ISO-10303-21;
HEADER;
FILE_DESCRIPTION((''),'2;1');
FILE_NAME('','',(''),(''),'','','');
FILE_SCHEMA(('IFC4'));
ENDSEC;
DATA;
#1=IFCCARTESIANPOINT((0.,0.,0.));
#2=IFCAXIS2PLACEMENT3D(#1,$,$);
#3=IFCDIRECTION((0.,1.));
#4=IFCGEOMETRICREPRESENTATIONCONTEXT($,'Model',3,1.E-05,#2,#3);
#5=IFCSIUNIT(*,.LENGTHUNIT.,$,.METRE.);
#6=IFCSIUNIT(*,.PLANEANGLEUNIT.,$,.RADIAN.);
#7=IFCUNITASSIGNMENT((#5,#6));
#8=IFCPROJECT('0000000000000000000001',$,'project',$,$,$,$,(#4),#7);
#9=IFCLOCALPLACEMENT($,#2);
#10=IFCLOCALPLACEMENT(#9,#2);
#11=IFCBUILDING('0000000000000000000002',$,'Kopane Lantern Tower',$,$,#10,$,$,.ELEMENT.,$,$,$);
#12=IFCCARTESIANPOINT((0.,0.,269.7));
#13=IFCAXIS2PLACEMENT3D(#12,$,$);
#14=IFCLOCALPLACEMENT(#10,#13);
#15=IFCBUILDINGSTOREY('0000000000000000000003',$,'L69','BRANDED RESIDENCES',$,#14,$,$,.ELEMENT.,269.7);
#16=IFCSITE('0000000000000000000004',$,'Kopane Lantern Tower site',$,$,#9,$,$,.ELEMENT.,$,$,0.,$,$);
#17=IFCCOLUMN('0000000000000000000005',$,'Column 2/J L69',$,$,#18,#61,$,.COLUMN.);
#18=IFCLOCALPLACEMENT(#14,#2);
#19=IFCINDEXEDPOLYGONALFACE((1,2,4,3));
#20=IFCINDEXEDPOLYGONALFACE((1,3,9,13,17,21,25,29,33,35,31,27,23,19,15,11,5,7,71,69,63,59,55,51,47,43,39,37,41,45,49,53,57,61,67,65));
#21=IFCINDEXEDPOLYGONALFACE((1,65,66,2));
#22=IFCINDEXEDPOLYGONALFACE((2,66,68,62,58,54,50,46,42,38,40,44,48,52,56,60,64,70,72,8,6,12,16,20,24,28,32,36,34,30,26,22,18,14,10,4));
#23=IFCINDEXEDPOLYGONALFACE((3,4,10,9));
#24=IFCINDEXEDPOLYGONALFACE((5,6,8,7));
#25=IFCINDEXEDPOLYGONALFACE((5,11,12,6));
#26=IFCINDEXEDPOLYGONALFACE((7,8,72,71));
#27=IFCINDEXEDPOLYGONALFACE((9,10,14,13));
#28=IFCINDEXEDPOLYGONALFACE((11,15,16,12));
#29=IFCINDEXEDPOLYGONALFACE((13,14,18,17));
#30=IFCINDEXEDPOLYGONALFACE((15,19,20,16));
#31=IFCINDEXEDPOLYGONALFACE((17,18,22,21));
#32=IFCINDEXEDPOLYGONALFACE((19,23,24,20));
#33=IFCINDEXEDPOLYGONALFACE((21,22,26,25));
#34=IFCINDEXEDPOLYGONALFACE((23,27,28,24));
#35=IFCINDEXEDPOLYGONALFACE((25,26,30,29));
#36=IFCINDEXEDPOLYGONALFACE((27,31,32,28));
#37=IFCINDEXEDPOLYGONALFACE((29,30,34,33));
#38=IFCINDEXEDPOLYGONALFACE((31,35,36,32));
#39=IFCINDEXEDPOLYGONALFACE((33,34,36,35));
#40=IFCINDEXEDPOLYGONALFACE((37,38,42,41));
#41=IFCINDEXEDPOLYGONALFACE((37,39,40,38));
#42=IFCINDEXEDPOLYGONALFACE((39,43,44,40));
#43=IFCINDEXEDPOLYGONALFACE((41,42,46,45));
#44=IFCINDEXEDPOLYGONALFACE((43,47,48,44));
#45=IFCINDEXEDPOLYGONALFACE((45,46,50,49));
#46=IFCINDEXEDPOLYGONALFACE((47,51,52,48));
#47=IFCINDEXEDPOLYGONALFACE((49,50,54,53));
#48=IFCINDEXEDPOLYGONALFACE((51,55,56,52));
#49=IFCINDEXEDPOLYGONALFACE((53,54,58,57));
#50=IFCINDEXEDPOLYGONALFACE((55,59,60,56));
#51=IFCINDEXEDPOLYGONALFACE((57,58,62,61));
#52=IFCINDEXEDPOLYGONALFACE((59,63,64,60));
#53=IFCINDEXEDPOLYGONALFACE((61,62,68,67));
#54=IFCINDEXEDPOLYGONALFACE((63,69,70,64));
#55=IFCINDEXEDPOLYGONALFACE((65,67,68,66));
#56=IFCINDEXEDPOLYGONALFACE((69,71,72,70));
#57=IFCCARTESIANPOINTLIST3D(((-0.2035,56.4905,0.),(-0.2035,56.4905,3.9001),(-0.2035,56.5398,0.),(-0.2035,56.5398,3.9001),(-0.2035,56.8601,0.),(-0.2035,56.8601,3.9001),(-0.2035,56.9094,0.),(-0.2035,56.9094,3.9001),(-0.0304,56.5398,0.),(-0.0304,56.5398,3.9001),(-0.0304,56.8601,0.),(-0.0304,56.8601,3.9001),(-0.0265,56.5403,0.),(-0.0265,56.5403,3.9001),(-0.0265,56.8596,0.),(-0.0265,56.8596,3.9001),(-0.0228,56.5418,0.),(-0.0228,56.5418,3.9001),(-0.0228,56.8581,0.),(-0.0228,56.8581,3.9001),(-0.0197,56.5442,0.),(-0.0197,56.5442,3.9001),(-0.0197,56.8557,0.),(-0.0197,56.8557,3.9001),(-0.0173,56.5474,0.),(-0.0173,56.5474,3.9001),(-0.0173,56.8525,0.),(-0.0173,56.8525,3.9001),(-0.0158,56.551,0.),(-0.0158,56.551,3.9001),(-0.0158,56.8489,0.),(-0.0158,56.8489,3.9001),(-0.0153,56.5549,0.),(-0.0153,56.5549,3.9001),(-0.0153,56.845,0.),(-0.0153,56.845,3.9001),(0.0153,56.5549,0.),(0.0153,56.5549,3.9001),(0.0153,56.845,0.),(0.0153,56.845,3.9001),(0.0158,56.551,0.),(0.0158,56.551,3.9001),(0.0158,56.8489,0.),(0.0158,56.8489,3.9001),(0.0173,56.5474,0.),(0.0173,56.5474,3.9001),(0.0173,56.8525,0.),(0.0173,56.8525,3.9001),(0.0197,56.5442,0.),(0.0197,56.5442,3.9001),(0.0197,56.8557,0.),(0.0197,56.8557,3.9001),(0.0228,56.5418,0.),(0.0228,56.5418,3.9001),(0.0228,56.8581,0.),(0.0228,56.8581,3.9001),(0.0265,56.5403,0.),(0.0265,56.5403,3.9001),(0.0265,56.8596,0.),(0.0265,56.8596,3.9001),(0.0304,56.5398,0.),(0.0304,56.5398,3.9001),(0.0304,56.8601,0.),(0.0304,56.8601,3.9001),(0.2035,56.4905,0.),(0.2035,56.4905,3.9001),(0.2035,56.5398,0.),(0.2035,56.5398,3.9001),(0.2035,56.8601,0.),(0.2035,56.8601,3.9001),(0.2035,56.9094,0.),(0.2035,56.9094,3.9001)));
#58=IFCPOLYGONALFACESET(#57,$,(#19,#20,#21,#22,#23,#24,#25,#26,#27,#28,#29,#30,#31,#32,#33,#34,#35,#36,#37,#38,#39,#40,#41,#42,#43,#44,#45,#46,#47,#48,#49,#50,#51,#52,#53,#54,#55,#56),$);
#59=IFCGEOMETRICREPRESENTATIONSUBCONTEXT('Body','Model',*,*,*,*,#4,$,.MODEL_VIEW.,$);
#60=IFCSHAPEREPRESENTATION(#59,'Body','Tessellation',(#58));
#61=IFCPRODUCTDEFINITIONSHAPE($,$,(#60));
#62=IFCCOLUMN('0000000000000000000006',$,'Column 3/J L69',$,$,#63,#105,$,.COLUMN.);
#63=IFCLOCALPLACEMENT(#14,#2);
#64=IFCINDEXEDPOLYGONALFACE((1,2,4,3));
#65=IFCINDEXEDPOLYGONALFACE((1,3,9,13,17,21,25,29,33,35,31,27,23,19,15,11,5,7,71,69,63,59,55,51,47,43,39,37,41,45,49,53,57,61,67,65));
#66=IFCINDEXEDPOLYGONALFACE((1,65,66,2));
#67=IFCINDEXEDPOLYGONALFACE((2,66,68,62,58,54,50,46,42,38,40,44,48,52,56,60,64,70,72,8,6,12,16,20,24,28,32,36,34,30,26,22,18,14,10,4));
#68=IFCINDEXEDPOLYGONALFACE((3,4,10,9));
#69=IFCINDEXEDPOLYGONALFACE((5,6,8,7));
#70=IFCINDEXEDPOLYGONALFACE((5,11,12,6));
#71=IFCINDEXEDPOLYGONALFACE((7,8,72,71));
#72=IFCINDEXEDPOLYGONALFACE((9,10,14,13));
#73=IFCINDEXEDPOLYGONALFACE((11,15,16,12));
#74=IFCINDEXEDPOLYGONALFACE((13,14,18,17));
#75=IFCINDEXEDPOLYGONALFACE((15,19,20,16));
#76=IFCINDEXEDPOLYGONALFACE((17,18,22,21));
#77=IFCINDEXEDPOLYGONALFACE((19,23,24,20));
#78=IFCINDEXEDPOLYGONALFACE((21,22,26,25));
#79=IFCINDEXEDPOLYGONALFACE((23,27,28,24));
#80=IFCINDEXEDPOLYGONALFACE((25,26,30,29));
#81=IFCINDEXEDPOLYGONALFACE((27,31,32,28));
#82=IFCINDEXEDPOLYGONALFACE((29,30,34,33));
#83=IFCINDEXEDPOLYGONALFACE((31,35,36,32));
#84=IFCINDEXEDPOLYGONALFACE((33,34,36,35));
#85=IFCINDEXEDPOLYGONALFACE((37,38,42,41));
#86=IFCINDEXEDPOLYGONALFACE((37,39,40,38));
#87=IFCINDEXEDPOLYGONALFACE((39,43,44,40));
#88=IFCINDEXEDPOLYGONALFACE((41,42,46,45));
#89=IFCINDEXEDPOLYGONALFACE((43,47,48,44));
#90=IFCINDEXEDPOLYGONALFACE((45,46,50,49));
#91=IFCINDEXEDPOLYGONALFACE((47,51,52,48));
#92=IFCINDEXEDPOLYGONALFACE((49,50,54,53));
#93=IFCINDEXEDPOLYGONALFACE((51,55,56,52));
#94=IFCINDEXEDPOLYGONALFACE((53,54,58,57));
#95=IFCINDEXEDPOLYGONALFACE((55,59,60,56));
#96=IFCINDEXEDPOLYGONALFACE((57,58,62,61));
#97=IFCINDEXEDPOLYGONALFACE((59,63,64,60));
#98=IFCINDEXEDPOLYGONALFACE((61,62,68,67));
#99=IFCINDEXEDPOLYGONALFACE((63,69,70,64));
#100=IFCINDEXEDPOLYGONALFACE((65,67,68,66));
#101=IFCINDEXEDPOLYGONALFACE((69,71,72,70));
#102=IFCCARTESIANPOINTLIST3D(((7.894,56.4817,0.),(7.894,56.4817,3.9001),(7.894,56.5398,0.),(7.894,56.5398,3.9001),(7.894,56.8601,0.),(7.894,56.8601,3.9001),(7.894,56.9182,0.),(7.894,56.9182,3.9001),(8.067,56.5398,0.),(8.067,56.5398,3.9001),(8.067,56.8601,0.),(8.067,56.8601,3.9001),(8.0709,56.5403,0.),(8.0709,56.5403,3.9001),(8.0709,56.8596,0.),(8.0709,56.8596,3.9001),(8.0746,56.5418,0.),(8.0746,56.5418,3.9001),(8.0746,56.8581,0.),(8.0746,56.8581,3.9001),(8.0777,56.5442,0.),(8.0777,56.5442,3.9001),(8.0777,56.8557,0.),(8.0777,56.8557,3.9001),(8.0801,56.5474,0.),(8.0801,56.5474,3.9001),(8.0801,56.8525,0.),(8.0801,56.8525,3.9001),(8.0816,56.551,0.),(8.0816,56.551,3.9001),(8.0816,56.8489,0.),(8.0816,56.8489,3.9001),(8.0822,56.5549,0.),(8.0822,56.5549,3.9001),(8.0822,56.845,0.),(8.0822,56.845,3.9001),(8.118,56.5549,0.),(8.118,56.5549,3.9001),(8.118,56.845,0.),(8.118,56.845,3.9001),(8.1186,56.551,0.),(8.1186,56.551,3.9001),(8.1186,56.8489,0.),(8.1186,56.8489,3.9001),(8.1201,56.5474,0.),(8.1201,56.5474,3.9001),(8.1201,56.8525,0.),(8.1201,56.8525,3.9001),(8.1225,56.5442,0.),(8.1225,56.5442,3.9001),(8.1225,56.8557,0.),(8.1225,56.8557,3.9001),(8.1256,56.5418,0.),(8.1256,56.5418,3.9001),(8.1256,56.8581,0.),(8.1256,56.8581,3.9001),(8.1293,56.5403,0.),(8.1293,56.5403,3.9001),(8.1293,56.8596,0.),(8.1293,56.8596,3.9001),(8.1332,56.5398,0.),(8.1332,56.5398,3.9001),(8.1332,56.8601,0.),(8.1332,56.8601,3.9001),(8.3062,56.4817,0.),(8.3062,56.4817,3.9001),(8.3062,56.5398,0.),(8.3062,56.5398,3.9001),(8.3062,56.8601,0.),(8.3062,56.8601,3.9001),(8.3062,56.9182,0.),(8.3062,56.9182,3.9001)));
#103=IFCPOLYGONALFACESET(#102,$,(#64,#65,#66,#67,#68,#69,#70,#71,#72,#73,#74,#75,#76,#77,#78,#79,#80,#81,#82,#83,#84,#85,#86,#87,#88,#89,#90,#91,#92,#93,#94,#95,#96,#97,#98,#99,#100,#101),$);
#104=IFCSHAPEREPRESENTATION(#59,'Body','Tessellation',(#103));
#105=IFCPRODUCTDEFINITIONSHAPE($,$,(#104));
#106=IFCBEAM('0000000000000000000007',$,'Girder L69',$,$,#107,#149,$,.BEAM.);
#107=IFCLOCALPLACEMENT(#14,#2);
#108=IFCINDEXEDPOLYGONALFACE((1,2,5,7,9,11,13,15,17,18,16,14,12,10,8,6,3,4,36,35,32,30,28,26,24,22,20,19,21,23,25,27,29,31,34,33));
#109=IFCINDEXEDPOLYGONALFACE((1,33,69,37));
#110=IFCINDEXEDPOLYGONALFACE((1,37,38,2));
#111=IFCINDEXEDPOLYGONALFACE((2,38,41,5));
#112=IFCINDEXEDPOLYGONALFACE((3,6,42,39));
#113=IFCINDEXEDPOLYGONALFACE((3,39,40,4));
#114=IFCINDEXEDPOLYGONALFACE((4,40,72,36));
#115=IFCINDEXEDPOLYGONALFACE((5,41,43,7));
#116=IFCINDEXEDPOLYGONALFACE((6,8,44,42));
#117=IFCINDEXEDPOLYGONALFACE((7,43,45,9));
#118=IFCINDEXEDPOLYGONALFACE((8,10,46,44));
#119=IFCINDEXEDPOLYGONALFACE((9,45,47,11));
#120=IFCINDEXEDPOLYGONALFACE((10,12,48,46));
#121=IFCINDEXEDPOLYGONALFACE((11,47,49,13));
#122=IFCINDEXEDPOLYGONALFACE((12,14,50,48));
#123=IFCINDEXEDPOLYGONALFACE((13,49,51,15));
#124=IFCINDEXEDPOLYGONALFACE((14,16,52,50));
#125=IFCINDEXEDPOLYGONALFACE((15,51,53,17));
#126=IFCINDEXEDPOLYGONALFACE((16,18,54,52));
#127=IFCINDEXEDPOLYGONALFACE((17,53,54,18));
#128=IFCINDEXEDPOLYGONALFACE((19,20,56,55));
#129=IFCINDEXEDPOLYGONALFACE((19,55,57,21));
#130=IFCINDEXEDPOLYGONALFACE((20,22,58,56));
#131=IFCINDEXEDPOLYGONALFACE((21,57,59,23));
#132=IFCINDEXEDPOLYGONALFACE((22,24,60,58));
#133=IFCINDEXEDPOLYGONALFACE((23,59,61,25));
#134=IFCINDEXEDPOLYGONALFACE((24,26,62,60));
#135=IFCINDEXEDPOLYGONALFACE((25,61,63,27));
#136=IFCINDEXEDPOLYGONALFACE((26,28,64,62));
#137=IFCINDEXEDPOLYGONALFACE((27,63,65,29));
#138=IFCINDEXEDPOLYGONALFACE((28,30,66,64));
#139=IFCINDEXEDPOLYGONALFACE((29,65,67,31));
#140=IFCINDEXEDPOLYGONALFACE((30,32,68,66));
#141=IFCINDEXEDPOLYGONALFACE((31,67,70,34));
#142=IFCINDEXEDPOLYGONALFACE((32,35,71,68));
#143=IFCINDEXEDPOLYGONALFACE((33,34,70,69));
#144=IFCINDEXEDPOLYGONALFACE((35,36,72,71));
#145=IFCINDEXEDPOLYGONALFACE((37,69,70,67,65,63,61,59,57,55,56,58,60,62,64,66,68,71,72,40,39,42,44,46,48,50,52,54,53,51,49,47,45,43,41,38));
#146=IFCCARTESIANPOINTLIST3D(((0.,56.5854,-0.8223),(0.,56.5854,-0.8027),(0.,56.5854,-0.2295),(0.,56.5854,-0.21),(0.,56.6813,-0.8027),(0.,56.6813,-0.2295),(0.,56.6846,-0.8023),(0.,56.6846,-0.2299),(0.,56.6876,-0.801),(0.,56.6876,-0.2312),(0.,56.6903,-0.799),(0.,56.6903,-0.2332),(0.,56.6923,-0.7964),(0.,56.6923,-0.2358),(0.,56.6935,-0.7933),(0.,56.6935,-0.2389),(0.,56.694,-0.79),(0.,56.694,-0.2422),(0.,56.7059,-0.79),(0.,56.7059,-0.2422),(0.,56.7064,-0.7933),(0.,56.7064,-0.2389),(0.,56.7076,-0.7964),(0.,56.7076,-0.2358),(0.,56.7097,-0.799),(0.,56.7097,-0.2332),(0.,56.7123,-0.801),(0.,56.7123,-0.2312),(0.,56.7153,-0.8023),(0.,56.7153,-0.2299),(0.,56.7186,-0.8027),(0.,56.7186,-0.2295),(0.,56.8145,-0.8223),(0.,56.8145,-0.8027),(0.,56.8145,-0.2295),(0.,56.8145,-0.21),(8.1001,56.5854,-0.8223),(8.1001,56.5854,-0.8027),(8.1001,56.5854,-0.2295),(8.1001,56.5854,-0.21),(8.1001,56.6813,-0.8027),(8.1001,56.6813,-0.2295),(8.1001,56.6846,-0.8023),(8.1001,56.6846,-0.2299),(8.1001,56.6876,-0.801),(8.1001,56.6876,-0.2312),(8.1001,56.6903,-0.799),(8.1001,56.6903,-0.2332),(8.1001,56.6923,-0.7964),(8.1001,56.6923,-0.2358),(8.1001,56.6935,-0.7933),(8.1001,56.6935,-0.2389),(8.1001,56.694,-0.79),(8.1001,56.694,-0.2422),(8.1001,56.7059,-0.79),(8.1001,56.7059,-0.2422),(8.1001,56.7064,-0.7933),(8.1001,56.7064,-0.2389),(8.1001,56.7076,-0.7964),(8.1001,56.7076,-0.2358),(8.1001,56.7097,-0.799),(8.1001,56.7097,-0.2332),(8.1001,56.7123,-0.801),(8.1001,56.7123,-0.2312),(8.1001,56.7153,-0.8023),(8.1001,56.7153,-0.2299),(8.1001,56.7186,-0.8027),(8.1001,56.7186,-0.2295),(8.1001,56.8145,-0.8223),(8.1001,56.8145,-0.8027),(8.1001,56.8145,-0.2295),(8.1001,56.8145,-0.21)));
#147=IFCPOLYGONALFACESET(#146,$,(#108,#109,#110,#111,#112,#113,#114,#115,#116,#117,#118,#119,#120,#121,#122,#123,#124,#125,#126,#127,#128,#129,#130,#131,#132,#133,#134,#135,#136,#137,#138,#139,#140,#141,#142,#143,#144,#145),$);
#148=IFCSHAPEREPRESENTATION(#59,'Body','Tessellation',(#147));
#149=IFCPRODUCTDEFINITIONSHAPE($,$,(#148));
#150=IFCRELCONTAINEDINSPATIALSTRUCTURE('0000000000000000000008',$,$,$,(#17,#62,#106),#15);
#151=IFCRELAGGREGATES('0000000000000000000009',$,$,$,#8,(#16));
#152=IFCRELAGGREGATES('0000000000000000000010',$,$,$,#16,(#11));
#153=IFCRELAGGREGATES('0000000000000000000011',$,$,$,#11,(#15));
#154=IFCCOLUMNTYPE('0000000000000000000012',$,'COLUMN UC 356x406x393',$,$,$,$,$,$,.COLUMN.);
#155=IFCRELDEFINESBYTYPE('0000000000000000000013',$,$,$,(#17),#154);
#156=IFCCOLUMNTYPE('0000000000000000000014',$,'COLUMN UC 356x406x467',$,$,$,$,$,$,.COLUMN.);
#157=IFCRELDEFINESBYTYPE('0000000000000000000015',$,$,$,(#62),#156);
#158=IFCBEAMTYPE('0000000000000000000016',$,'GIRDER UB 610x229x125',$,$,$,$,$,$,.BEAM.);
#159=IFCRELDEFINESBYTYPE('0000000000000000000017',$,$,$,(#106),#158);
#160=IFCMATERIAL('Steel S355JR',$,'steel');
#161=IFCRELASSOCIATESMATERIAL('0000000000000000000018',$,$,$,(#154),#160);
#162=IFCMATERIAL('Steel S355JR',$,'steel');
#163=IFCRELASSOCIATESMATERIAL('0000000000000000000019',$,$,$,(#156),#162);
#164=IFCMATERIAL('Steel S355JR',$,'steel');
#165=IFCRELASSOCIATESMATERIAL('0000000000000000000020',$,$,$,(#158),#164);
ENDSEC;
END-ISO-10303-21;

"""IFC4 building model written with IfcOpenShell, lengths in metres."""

from ifc_helpers import new_model, si_unit, direction, frame, origin, origin_2d, place, context, subcontext, project, spatial, i_section, extrude, material, material_profile, profile_set, type_object, element, save


model = new_model("IFC4")

# Units and contexts
model_context = context("Model", 3, precision=1e-05, world=origin(), true_north=direction((0.0, 1.0)))
body_context = subcontext(model_context, "Body", "Model", "MODEL_VIEW")
ifc_project = project(units=[si_unit("LENGTHUNIT", "METRE"), si_unit("PLANEANGLEUNIT", "RADIAN")], contexts=[model_context])

# Site, building, storey
site_placement = place(None, origin())
site = spatial("IfcSite", under=ifc_project, at=site_placement, Name="Kopane Lantern Tower site", CompositionType="ELEMENT", RefElevation=0.0)
building_placement = place(site_placement, origin())
building = spatial("IfcBuilding", under=site, at=building_placement, Name="Kopane Lantern Tower", CompositionType="ELEMENT")
storey_placement = place(building_placement, frame((0.0, 0.0, 269.7)))
storey = spatial("IfcBuildingStorey", under=building, at=storey_placement, Name="L69", Description="BRANDED RESIDENCES", CompositionType="ELEMENT", Elevation=269.7)

# Columns
ifc_material_1 = material(Name="Steel S355JR", Category="steel")
ifc_material_profile_1 = material_profile(ifc_material_1, i_section(OverallWidth=0.407, OverallDepth=0.4189, WebThickness=0.0305, FlangeThickness=0.0493, FilletRadius=0.0151, at=origin_2d()), Name="UC 356x406x393")
ifc_profile_set_1 = profile_set([ifc_material_profile_1], Name="Steel S355JR")
column_type_1 = type_object("IfcColumnType", Name="COLUMN UC 356x406x393", PredefinedType="COLUMN", material=ifc_profile_set_1)
column_1_placement = place(storey_placement, frame((0.0, 56.7, 0.0), z_axis=(0.0, 0.0, 1.0), x_axis=(1.0, 0.0, 0.0)))
element("IfcColumn", 1, at=column_1_placement, inside=storey, type_object=column_type_1, Name="Column 2/J L69", PredefinedType="COLUMN", context=body_context, shape_type="SweptSolid", body=[
    extrude(i_section(OverallWidth=0.407, OverallDepth=0.4189, WebThickness=0.0305, FlangeThickness=0.0493, FilletRadius=0.0151, at=origin_2d()), origin(), (0.0, 0.0, 1.0), 3.9001),
])
ifc_material_2 = material(Name="Steel S355JR", Category="steel")
ifc_material_profile_2 = material_profile(ifc_material_2, i_section(OverallWidth=0.4121, OverallDepth=0.4365, WebThickness=0.0359, FlangeThickness=0.0581, FilletRadius=0.0151, at=origin_2d()), Name="UC 356x406x467")
ifc_profile_set_2 = profile_set([ifc_material_profile_2], Name="Steel S355JR")
column_type_2 = type_object("IfcColumnType", Name="COLUMN UC 356x406x467", PredefinedType="COLUMN", material=ifc_profile_set_2)
column_2_placement = place(storey_placement, frame((8.1001, 56.7, 0.0), z_axis=(0.0, 0.0, 1.0), x_axis=(1.0, 0.0, 0.0)))
element("IfcColumn", 2, at=column_2_placement, inside=storey, type_object=column_type_2, Name="Column 3/J L69", PredefinedType="COLUMN", context=body_context, shape_type="SweptSolid", body=[
    extrude(i_section(OverallWidth=0.4121, OverallDepth=0.4365, WebThickness=0.0359, FlangeThickness=0.0581, FilletRadius=0.0151, at=origin_2d()), origin(), (0.0, 0.0, 1.0), 3.9001),
])

# Beam
ifc_material_3 = material(Name="Steel S355JR", Category="steel")
ifc_material_profile_3 = material_profile(ifc_material_3, i_section(OverallWidth=0.229, OverallDepth=0.6123, WebThickness=0.012, FlangeThickness=0.0195, FilletRadius=0.0127, at=origin_2d()), Name="UB 610x229x125")
ifc_profile_set_3 = profile_set([ifc_material_profile_3], Name="Steel S355JR")
beam_type = type_object("IfcBeamType", Name="GIRDER UB 610x229x125", PredefinedType="BEAM", material=ifc_profile_set_3)
beam_placement = place(storey_placement, frame((0.0, 56.7, -0.5161), z_axis=(1.0, 0.0, 0.0), x_axis=(0.0, 1.0, 0.0)))
element("IfcBeam", 3, at=beam_placement, inside=storey, type_object=beam_type, Name="Girder L69", PredefinedType="BEAM", context=body_context, shape_type="SweptSolid", body=[
    extrude(i_section(OverallWidth=0.229, OverallDepth=0.6123, WebThickness=0.012, FlangeThickness=0.0195, FilletRadius=0.0127, at=origin_2d()), origin(), (0.0, 0.0, 1.0), 8.1001),
])

save(model, "model.ifc")
